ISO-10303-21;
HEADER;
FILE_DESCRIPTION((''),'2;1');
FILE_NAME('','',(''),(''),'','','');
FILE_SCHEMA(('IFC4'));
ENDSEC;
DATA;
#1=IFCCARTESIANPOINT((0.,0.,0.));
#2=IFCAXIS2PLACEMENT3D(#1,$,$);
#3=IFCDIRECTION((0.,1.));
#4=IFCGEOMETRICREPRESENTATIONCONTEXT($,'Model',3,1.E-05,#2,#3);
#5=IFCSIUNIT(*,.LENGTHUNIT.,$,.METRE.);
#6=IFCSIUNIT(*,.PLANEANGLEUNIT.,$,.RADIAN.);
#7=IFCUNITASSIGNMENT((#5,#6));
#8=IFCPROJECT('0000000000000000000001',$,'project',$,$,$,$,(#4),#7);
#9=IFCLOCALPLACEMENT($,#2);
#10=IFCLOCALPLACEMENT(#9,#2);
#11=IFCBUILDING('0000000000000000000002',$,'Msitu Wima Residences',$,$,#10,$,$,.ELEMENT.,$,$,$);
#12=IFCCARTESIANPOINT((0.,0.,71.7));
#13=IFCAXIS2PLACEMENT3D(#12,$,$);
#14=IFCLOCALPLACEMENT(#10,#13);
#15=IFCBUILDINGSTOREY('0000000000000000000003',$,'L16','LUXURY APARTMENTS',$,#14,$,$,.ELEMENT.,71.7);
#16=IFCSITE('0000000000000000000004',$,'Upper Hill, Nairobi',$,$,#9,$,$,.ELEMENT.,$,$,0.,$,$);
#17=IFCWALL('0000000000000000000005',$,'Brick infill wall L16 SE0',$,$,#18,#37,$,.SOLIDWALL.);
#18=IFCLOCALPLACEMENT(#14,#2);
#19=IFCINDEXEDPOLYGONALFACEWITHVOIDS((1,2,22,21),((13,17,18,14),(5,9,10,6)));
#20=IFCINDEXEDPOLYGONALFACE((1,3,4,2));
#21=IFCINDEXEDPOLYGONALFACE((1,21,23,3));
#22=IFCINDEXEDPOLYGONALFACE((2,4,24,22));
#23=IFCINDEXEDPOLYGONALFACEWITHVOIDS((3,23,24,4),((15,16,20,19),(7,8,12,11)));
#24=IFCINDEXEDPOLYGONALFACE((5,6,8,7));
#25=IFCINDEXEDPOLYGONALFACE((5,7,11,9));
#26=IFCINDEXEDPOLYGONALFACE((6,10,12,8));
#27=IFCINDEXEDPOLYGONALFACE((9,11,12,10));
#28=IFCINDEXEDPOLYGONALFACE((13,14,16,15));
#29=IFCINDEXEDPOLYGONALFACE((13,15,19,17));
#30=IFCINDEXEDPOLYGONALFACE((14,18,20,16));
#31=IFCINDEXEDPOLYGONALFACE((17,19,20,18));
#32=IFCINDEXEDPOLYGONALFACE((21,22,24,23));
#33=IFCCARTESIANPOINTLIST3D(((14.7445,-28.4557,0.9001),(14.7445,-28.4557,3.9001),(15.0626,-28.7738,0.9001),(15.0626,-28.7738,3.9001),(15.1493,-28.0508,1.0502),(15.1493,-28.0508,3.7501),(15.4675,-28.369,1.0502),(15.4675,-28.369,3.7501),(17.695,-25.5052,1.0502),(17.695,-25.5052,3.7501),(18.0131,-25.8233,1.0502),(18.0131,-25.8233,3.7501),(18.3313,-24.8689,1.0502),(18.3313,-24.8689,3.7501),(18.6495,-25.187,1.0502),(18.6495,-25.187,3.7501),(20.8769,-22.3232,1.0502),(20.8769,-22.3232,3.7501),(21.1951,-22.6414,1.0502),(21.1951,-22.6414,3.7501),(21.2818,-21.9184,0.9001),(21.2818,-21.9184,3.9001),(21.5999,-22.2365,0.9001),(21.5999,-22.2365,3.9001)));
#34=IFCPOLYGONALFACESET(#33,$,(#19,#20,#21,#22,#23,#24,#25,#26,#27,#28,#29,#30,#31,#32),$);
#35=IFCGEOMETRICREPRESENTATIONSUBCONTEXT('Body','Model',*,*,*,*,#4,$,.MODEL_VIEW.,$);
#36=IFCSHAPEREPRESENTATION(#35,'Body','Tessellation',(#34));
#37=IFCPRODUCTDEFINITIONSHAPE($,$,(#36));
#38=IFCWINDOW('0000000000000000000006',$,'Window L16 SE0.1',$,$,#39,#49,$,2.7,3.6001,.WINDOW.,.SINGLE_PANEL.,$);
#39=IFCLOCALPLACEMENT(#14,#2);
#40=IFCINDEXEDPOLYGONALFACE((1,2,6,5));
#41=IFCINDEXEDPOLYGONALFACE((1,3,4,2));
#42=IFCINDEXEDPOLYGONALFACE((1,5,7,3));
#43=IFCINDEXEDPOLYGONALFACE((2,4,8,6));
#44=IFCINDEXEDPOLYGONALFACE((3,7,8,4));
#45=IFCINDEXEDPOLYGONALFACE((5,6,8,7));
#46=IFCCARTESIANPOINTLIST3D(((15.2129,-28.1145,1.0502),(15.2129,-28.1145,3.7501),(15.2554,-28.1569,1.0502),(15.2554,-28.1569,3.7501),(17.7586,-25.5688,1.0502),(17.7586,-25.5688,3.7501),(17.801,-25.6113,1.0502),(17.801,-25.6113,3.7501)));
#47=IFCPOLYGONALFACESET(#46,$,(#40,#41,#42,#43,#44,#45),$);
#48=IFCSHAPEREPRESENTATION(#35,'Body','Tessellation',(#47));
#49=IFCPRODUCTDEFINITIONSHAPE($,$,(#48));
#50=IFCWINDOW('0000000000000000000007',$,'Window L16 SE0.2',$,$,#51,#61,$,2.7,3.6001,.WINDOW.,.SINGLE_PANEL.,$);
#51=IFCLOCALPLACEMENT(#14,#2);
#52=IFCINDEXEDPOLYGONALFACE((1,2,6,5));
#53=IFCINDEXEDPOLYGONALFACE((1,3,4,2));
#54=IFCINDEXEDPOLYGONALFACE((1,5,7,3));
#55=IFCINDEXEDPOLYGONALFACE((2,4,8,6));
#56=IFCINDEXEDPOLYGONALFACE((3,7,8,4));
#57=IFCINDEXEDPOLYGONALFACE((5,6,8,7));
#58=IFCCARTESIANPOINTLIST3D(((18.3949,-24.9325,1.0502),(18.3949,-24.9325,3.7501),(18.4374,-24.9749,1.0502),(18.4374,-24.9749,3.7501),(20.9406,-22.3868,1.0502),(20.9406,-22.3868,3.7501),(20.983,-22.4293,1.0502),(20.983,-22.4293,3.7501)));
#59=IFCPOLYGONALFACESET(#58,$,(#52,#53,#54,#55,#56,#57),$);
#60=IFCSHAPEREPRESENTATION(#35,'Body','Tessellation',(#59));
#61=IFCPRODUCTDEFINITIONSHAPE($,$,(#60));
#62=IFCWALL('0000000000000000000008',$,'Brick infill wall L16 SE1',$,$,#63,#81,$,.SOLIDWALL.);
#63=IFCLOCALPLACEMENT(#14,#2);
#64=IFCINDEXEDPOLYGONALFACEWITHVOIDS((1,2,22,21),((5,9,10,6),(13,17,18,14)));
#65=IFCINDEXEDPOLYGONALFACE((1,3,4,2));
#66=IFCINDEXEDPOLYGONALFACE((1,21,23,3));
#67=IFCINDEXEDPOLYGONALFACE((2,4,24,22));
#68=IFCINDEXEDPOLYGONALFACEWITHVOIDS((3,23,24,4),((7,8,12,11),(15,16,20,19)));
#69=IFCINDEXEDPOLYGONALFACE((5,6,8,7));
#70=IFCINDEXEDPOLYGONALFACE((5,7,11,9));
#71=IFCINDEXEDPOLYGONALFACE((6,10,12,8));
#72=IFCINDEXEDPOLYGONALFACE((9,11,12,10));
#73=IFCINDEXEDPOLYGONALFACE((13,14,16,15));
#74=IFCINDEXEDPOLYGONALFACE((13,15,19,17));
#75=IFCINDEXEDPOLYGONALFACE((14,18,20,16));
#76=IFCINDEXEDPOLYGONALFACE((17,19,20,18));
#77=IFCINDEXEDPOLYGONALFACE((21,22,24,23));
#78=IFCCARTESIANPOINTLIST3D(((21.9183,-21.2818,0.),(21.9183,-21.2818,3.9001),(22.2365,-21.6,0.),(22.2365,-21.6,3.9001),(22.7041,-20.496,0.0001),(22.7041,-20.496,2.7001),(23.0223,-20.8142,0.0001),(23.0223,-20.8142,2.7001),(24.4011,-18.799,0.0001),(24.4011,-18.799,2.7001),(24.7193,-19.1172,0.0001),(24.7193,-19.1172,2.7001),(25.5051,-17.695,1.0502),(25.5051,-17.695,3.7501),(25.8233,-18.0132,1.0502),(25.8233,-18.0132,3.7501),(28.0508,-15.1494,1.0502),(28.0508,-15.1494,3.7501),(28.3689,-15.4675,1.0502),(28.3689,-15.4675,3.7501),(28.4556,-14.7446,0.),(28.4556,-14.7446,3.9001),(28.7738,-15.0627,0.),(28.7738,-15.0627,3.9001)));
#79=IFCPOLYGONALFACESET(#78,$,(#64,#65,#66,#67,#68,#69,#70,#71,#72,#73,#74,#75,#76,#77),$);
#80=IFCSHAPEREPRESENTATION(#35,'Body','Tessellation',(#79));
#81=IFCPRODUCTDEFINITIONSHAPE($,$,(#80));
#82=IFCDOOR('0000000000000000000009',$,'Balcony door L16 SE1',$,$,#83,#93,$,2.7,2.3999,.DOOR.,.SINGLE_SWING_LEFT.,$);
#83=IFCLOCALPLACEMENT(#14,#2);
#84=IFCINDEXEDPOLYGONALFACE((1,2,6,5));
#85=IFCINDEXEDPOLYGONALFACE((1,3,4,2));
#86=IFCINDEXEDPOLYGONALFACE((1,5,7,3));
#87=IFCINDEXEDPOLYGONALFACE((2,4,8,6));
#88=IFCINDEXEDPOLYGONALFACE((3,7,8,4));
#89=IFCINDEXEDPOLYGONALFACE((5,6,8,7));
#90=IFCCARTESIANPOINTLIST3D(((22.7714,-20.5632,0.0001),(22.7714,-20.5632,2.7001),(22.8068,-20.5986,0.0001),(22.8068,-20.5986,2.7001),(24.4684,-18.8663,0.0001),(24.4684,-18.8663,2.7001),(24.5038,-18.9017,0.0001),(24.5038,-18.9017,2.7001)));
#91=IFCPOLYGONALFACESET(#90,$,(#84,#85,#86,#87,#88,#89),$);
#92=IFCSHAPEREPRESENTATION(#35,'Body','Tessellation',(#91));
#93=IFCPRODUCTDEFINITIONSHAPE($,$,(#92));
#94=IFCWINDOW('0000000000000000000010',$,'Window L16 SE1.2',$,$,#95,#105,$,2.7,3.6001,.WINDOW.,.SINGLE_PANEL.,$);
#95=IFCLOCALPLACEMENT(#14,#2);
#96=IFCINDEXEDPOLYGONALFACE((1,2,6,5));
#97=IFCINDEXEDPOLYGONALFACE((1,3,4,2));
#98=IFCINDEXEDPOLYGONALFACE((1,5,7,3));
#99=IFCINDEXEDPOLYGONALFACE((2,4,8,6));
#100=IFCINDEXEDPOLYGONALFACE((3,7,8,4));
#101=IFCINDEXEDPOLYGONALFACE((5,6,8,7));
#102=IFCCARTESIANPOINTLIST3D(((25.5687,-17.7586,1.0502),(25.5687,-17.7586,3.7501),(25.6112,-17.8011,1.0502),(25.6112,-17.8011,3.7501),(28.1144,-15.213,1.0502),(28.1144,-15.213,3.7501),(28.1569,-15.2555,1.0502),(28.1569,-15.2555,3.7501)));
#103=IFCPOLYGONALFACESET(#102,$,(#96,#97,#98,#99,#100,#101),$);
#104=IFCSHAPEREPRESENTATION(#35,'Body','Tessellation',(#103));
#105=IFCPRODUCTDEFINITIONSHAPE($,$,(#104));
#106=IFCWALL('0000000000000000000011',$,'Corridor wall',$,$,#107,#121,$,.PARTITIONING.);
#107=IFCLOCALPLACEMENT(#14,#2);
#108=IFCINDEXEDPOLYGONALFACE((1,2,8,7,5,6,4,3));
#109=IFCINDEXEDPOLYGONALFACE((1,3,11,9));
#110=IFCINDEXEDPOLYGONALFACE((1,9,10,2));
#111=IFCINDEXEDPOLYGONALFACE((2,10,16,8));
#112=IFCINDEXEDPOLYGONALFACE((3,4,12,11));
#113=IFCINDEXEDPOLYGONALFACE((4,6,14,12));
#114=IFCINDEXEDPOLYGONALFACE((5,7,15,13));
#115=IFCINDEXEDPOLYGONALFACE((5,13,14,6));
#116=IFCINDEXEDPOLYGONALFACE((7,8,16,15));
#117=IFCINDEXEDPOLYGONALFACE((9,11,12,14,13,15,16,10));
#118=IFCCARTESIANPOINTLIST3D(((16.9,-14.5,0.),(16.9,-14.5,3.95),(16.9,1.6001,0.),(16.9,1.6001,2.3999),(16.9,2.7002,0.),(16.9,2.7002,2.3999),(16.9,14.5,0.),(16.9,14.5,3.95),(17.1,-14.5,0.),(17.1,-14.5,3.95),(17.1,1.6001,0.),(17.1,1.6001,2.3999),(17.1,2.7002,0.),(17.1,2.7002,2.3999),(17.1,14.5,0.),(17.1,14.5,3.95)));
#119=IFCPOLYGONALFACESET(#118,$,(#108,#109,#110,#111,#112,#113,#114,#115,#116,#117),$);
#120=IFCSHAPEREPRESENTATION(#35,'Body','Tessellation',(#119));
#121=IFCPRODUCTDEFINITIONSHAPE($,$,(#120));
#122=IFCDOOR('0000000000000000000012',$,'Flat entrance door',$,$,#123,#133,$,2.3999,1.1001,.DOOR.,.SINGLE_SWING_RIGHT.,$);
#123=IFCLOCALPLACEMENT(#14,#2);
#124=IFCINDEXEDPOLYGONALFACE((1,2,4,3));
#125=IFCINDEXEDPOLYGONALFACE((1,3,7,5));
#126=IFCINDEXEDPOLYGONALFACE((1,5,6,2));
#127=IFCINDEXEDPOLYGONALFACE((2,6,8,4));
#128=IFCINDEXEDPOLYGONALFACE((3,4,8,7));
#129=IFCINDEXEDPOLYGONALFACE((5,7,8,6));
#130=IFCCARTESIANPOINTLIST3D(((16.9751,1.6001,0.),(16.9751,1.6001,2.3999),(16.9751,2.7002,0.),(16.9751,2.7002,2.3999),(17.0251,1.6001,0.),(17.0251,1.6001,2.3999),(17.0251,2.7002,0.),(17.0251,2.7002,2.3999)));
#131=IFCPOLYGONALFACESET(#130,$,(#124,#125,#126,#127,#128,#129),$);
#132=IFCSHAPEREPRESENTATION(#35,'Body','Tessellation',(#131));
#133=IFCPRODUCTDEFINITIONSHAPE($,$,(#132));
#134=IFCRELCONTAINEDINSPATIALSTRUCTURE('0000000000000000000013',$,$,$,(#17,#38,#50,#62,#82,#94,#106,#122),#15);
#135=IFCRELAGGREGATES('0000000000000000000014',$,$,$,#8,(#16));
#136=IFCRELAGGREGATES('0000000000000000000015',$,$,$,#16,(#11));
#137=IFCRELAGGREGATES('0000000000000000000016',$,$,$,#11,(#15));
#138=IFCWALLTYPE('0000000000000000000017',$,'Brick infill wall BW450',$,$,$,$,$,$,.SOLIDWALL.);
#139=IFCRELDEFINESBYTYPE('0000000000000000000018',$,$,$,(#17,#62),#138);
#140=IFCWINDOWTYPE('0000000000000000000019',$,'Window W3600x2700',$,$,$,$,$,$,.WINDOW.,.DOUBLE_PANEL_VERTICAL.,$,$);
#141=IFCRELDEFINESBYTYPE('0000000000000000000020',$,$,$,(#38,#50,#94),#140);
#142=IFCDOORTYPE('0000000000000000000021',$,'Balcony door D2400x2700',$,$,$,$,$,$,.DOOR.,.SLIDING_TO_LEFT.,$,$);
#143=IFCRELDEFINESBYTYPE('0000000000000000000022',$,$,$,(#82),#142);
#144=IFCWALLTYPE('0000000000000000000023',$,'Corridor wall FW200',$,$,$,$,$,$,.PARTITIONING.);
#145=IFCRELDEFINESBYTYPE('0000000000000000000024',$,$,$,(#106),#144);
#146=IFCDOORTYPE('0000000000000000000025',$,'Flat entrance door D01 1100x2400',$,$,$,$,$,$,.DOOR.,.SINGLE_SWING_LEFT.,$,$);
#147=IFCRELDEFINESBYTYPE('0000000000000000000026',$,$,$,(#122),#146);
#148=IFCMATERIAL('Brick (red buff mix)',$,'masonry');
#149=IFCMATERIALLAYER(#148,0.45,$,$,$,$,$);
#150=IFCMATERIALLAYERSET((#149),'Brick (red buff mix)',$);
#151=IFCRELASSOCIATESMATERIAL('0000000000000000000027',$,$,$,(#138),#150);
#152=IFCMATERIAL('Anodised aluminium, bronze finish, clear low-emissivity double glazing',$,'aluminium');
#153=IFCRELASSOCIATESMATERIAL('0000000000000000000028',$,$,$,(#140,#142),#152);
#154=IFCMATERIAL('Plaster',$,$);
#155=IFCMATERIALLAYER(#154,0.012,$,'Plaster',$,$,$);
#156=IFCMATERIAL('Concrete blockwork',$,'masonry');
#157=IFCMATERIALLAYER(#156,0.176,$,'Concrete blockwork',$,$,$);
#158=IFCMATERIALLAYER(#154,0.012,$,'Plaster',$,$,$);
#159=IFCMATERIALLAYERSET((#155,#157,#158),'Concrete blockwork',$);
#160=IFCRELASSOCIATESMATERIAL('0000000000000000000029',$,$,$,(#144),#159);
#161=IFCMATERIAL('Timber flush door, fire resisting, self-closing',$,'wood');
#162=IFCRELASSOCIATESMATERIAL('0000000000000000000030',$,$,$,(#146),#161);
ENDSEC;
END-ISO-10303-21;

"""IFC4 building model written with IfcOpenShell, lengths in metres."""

from ifc_helpers import new_model, si_unit, direction, frame, frame_2d, origin, place, context, subcontext, project, spatial, rectangle, extrude, material, layer, layer_set, type_object, element, fill, save


model = new_model("IFC4")

# Units and contexts
model_context = context("Model", 3, precision=1e-05, world=origin(), true_north=direction((0.0, 1.0)))
body_context = subcontext(model_context, "Body", "Model", "MODEL_VIEW")
ifc_project = project(units=[si_unit("LENGTHUNIT", "METRE"), si_unit("PLANEANGLEUNIT", "RADIAN")], contexts=[model_context])

# Site, building, storey
site_placement = place(None, origin())
site = spatial("IfcSite", under=ifc_project, at=site_placement, Name="Upper Hill, Nairobi", CompositionType="ELEMENT", RefElevation=0.0)
building_placement = place(site_placement, origin())
building = spatial("IfcBuilding", under=site, at=building_placement, Name="Msitu Wima Residences", CompositionType="ELEMENT")
storey_placement = place(building_placement, frame((0.0, 0.0, 71.7)))
storey = spatial("IfcBuildingStorey", under=building, at=storey_placement, Name="L16", Description="LUXURY APARTMENTS", CompositionType="ELEMENT", Elevation=71.7)

# Wall, openings, windows
ifc_material_1 = material(Name="Brick (red buff mix)", Category="masonry")
ifc_layer_1 = layer(ifc_material_1, 0.45)
ifc_layer_set_1 = layer_set([ifc_layer_1], Name="Brick (red buff mix)")
wall_type_1 = type_object("IfcWallType", Name="Brick infill wall BW450", PredefinedType="SOLIDWALL", material=ifc_layer_set_1)
wall_1_placement = place(storey_placement, frame((14.9036, -28.6147, 0.9001), z_axis=(0.0, 0.0, 1.0), x_axis=(0.707107, 0.707107, 0.0)))
wall_1 = element("IfcWall", 1, at=wall_1_placement, inside=storey, type_object=wall_type_1, Name="Brick infill wall L16 SE0", PredefinedType="SOLIDWALL", context=body_context, shape_type="SweptSolid", body=[
    extrude(rectangle(XDim=9.2451, YDim=0.45, at=frame_2d((4.6226, 0.0))), origin(), (0.0, 0.0, 1.0), 3.0),
])
opening_1_placement = place(wall_1_placement, frame((0.5725, 0.0, 0.1499)))
opening_1 = element("IfcOpeningElement", 2, at=opening_1_placement, cuts=wall_1, PredefinedType="OPENING", context=body_context, shape_type="SweptSolid", body=[
    extrude(rectangle(XDim=3.6001, YDim=2.7, at=frame_2d((1.8, 1.3501))), frame((0.0, 0.2349, 0.0), z_axis=(0.0, -1.0, 0.0), x_axis=(1.0, 0.0, 0.0)), (0.0, 0.0, 1.0), 0.47),
])
opening_2_placement = place(wall_1_placement, frame((5.0725, 0.0, 0.1499)))
opening_2 = element("IfcOpeningElement", 3, at=opening_2_placement, cuts=wall_1, PredefinedType="OPENING", context=body_context, shape_type="SweptSolid", body=[
    extrude(rectangle(XDim=3.6001, YDim=2.7, at=frame_2d((1.8, 1.3501))), frame((0.0, 0.2349, 0.0), z_axis=(0.0, -1.0, 0.0), x_axis=(1.0, 0.0, 0.0)), (0.0, 0.0, 1.0), 0.47),
])
ifc_material_2 = material(Name="Anodised aluminium, bronze finish, clear low-emissivity double glazing", Category="aluminium")
window_type = type_object("IfcWindowType", Name="Window W3600x2700", PartitioningType="DOUBLE_PANEL_VERTICAL", PredefinedType="WINDOW", material=ifc_material_2)
window_1_placement = place(opening_1_placement, origin())
window_1 = element("IfcWindow", 4, at=window_1_placement, inside=storey, type_object=window_type, Name="Window L16 SE0.1", OverallHeight=2.7, OverallWidth=3.6001, PartitioningType="SINGLE_PANEL", PredefinedType="WINDOW", context=body_context, shape_type="SweptSolid", body=[
    extrude(rectangle(XDim=3.6001, YDim=2.7, at=frame_2d((1.8, 1.3501))), frame((0.0, 0.135, 0.0), z_axis=(0.0, -1.0, 0.0), x_axis=(1.0, 0.0, 0.0)), (0.0, 0.0, 1.0), 0.0601),
])
fill(opening_1, window_1)
window_2_placement = place(opening_2_placement, origin())
window_2 = element("IfcWindow", 5, at=window_2_placement, inside=storey, type_object=window_type, Name="Window L16 SE0.2", OverallHeight=2.7, OverallWidth=3.6001, PartitioningType="SINGLE_PANEL", PredefinedType="WINDOW", context=body_context, shape_type="SweptSolid", body=[
    extrude(rectangle(XDim=3.6001, YDim=2.7, at=frame_2d((1.8, 1.3501))), frame((0.0, 0.135, 0.0), z_axis=(0.0, -1.0, 0.0), x_axis=(1.0, 0.0, 0.0)), (0.0, 0.0, 1.0), 0.0601),
])
fill(opening_2, window_2)

# Wall, openings, door, window
wall_2_placement = place(storey_placement, frame((22.0774, -21.4409, 0.0), z_axis=(0.0, 0.0, 1.0), x_axis=(0.707107, 0.707107, 0.0)))
wall_2 = element("IfcWall", 6, at=wall_2_placement, inside=storey, type_object=wall_type_1, Name="Brick infill wall L16 SE1", PredefinedType="SOLIDWALL", context=body_context, shape_type="SweptSolid", body=[
    extrude(rectangle(XDim=9.2451, YDim=0.45, at=frame_2d((4.6226, 0.0))), origin(), (0.0, 0.0, 1.0), 3.9001),
])
opening_3_placement = place(wall_2_placement, frame((1.1113, 0.0, 0.0)))
opening_3 = element("IfcOpeningElement", 7, at=opening_3_placement, cuts=wall_2, PredefinedType="OPENING", context=body_context, shape_type="SweptSolid", body=[
    extrude(rectangle(XDim=2.3999, YDim=2.7, at=frame_2d((1.2, 1.3501))), frame((0.0, 0.2349, 0.0), z_axis=(0.0, -1.0, 0.0), x_axis=(1.0, 0.0, 0.0)), (0.0, 0.0, 1.0), 0.47),
])
opening_4_placement = place(wall_2_placement, frame((5.0725, 0.0, 1.05)))
opening_4 = element("IfcOpeningElement", 8, at=opening_4_placement, cuts=wall_2, PredefinedType="OPENING", context=body_context, shape_type="SweptSolid", body=[
    extrude(rectangle(XDim=3.6001, YDim=2.7, at=frame_2d((1.8, 1.3501))), frame((0.0, 0.2349, 0.0), z_axis=(0.0, -1.0, 0.0), x_axis=(1.0, 0.0, 0.0)), (0.0, 0.0, 1.0), 0.47),
])
door_type_1 = type_object("IfcDoorType", Name="Balcony door D2400x2700", OperationType="SLIDING_TO_LEFT", PredefinedType="DOOR", material=ifc_material_2)
door_1_placement = place(opening_3_placement, origin())
door_1 = element("IfcDoor", 9, at=door_1_placement, inside=storey, type_object=door_type_1, Name="Balcony door L16 SE1", OperationType="SINGLE_SWING_LEFT", OverallHeight=2.7, OverallWidth=2.3999, PredefinedType="DOOR", context=body_context, shape_type="SweptSolid", body=[
    extrude(rectangle(XDim=2.3999, YDim=2.7, at=frame_2d((1.2, 1.3501))), frame((0.0, 0.1299, 0.0), z_axis=(0.0, -1.0, 0.0), x_axis=(1.0, 0.0, 0.0)), (0.0, 0.0, 1.0), 0.05),
])
fill(opening_3, door_1)
window_3_placement = place(opening_4_placement, origin())
window_3 = element("IfcWindow", 10, at=window_3_placement, inside=storey, type_object=window_type, Name="Window L16 SE1.2", OverallHeight=2.7, OverallWidth=3.6001, PartitioningType="SINGLE_PANEL", PredefinedType="WINDOW", context=body_context, shape_type="SweptSolid", body=[
    extrude(rectangle(XDim=3.6001, YDim=2.7, at=frame_2d((1.8, 1.3501))), frame((0.0, 0.135, 0.0), z_axis=(0.0, -1.0, 0.0), x_axis=(1.0, 0.0, 0.0)), (0.0, 0.0, 1.0), 0.0601),
])
fill(opening_4, window_3)

# Wall, opening, door
ifc_material_3 = material(Name="Plaster")
ifc_layer_2 = layer(ifc_material_3, 0.012, Name="Plaster")
ifc_material_4 = material(Name="Concrete blockwork", Category="masonry")
ifc_layer_3 = layer(ifc_material_4, 0.176, Name="Concrete blockwork")
ifc_layer_4 = layer(ifc_material_3, 0.012, Name="Plaster")
ifc_layer_set_2 = layer_set([ifc_layer_2, ifc_layer_3, ifc_layer_4], Name="Concrete blockwork")
wall_type_2 = type_object("IfcWallType", Name="Corridor wall FW200", PredefinedType="PARTITIONING", material=ifc_layer_set_2)
wall_3_placement = place(storey_placement, frame((17.0, -14.5, 0.0), z_axis=(0.0, 0.0, 1.0), x_axis=(0.0, 1.0, 0.0)))
wall_3 = element("IfcWall", 11, at=wall_3_placement, inside=storey, type_object=wall_type_2, Name="Corridor wall", PredefinedType="PARTITIONING", context=body_context, shape_type="SweptSolid", body=[
    extrude(rectangle(XDim=29.0, YDim=0.2, at=frame_2d((14.5, 0.0))), origin(), (0.0, 0.0, 1.0), 3.95),
])
opening_5_placement = place(wall_3_placement, frame((16.1001, 0.0, 0.0)))
opening_5 = element("IfcOpeningElement", 12, at=opening_5_placement, cuts=wall_3, PredefinedType="OPENING", context=body_context, shape_type="SweptSolid", body=[
    extrude(rectangle(XDim=1.1001, YDim=2.3999, at=frame_2d((0.55, 1.2))), frame((0.0, 0.1099, 0.0), z_axis=(0.0, -1.0, 0.0), x_axis=(1.0, 0.0, 0.0)), (0.0, 0.0, 1.0), 0.22),
])
ifc_material_5 = material(Name="Timber flush door, fire resisting, self-closing", Category="wood")
door_type_2 = type_object("IfcDoorType", Name="Flat entrance door D01 1100x2400", OperationType="SINGLE_SWING_LEFT", PredefinedType="DOOR", material=ifc_material_5)
door_2_placement = place(opening_5_placement, origin())
door_2 = element("IfcDoor", 13, at=door_2_placement, inside=storey, type_object=door_type_2, Name="Flat entrance door", OperationType="SINGLE_SWING_RIGHT", OverallHeight=2.3999, OverallWidth=1.1001, PredefinedType="DOOR", context=body_context, shape_type="SweptSolid", body=[
    extrude(rectangle(XDim=1.1001, YDim=2.3999, at=frame_2d((0.55, 1.2))), frame((0.0, 0.0249, 0.0), z_axis=(0.0, -1.0, 0.0), x_axis=(1.0, 0.0, 0.0)), (0.0, 0.0, 1.0), 0.05),
])
fill(opening_5, door_2)

save(model, "model.ifc")
